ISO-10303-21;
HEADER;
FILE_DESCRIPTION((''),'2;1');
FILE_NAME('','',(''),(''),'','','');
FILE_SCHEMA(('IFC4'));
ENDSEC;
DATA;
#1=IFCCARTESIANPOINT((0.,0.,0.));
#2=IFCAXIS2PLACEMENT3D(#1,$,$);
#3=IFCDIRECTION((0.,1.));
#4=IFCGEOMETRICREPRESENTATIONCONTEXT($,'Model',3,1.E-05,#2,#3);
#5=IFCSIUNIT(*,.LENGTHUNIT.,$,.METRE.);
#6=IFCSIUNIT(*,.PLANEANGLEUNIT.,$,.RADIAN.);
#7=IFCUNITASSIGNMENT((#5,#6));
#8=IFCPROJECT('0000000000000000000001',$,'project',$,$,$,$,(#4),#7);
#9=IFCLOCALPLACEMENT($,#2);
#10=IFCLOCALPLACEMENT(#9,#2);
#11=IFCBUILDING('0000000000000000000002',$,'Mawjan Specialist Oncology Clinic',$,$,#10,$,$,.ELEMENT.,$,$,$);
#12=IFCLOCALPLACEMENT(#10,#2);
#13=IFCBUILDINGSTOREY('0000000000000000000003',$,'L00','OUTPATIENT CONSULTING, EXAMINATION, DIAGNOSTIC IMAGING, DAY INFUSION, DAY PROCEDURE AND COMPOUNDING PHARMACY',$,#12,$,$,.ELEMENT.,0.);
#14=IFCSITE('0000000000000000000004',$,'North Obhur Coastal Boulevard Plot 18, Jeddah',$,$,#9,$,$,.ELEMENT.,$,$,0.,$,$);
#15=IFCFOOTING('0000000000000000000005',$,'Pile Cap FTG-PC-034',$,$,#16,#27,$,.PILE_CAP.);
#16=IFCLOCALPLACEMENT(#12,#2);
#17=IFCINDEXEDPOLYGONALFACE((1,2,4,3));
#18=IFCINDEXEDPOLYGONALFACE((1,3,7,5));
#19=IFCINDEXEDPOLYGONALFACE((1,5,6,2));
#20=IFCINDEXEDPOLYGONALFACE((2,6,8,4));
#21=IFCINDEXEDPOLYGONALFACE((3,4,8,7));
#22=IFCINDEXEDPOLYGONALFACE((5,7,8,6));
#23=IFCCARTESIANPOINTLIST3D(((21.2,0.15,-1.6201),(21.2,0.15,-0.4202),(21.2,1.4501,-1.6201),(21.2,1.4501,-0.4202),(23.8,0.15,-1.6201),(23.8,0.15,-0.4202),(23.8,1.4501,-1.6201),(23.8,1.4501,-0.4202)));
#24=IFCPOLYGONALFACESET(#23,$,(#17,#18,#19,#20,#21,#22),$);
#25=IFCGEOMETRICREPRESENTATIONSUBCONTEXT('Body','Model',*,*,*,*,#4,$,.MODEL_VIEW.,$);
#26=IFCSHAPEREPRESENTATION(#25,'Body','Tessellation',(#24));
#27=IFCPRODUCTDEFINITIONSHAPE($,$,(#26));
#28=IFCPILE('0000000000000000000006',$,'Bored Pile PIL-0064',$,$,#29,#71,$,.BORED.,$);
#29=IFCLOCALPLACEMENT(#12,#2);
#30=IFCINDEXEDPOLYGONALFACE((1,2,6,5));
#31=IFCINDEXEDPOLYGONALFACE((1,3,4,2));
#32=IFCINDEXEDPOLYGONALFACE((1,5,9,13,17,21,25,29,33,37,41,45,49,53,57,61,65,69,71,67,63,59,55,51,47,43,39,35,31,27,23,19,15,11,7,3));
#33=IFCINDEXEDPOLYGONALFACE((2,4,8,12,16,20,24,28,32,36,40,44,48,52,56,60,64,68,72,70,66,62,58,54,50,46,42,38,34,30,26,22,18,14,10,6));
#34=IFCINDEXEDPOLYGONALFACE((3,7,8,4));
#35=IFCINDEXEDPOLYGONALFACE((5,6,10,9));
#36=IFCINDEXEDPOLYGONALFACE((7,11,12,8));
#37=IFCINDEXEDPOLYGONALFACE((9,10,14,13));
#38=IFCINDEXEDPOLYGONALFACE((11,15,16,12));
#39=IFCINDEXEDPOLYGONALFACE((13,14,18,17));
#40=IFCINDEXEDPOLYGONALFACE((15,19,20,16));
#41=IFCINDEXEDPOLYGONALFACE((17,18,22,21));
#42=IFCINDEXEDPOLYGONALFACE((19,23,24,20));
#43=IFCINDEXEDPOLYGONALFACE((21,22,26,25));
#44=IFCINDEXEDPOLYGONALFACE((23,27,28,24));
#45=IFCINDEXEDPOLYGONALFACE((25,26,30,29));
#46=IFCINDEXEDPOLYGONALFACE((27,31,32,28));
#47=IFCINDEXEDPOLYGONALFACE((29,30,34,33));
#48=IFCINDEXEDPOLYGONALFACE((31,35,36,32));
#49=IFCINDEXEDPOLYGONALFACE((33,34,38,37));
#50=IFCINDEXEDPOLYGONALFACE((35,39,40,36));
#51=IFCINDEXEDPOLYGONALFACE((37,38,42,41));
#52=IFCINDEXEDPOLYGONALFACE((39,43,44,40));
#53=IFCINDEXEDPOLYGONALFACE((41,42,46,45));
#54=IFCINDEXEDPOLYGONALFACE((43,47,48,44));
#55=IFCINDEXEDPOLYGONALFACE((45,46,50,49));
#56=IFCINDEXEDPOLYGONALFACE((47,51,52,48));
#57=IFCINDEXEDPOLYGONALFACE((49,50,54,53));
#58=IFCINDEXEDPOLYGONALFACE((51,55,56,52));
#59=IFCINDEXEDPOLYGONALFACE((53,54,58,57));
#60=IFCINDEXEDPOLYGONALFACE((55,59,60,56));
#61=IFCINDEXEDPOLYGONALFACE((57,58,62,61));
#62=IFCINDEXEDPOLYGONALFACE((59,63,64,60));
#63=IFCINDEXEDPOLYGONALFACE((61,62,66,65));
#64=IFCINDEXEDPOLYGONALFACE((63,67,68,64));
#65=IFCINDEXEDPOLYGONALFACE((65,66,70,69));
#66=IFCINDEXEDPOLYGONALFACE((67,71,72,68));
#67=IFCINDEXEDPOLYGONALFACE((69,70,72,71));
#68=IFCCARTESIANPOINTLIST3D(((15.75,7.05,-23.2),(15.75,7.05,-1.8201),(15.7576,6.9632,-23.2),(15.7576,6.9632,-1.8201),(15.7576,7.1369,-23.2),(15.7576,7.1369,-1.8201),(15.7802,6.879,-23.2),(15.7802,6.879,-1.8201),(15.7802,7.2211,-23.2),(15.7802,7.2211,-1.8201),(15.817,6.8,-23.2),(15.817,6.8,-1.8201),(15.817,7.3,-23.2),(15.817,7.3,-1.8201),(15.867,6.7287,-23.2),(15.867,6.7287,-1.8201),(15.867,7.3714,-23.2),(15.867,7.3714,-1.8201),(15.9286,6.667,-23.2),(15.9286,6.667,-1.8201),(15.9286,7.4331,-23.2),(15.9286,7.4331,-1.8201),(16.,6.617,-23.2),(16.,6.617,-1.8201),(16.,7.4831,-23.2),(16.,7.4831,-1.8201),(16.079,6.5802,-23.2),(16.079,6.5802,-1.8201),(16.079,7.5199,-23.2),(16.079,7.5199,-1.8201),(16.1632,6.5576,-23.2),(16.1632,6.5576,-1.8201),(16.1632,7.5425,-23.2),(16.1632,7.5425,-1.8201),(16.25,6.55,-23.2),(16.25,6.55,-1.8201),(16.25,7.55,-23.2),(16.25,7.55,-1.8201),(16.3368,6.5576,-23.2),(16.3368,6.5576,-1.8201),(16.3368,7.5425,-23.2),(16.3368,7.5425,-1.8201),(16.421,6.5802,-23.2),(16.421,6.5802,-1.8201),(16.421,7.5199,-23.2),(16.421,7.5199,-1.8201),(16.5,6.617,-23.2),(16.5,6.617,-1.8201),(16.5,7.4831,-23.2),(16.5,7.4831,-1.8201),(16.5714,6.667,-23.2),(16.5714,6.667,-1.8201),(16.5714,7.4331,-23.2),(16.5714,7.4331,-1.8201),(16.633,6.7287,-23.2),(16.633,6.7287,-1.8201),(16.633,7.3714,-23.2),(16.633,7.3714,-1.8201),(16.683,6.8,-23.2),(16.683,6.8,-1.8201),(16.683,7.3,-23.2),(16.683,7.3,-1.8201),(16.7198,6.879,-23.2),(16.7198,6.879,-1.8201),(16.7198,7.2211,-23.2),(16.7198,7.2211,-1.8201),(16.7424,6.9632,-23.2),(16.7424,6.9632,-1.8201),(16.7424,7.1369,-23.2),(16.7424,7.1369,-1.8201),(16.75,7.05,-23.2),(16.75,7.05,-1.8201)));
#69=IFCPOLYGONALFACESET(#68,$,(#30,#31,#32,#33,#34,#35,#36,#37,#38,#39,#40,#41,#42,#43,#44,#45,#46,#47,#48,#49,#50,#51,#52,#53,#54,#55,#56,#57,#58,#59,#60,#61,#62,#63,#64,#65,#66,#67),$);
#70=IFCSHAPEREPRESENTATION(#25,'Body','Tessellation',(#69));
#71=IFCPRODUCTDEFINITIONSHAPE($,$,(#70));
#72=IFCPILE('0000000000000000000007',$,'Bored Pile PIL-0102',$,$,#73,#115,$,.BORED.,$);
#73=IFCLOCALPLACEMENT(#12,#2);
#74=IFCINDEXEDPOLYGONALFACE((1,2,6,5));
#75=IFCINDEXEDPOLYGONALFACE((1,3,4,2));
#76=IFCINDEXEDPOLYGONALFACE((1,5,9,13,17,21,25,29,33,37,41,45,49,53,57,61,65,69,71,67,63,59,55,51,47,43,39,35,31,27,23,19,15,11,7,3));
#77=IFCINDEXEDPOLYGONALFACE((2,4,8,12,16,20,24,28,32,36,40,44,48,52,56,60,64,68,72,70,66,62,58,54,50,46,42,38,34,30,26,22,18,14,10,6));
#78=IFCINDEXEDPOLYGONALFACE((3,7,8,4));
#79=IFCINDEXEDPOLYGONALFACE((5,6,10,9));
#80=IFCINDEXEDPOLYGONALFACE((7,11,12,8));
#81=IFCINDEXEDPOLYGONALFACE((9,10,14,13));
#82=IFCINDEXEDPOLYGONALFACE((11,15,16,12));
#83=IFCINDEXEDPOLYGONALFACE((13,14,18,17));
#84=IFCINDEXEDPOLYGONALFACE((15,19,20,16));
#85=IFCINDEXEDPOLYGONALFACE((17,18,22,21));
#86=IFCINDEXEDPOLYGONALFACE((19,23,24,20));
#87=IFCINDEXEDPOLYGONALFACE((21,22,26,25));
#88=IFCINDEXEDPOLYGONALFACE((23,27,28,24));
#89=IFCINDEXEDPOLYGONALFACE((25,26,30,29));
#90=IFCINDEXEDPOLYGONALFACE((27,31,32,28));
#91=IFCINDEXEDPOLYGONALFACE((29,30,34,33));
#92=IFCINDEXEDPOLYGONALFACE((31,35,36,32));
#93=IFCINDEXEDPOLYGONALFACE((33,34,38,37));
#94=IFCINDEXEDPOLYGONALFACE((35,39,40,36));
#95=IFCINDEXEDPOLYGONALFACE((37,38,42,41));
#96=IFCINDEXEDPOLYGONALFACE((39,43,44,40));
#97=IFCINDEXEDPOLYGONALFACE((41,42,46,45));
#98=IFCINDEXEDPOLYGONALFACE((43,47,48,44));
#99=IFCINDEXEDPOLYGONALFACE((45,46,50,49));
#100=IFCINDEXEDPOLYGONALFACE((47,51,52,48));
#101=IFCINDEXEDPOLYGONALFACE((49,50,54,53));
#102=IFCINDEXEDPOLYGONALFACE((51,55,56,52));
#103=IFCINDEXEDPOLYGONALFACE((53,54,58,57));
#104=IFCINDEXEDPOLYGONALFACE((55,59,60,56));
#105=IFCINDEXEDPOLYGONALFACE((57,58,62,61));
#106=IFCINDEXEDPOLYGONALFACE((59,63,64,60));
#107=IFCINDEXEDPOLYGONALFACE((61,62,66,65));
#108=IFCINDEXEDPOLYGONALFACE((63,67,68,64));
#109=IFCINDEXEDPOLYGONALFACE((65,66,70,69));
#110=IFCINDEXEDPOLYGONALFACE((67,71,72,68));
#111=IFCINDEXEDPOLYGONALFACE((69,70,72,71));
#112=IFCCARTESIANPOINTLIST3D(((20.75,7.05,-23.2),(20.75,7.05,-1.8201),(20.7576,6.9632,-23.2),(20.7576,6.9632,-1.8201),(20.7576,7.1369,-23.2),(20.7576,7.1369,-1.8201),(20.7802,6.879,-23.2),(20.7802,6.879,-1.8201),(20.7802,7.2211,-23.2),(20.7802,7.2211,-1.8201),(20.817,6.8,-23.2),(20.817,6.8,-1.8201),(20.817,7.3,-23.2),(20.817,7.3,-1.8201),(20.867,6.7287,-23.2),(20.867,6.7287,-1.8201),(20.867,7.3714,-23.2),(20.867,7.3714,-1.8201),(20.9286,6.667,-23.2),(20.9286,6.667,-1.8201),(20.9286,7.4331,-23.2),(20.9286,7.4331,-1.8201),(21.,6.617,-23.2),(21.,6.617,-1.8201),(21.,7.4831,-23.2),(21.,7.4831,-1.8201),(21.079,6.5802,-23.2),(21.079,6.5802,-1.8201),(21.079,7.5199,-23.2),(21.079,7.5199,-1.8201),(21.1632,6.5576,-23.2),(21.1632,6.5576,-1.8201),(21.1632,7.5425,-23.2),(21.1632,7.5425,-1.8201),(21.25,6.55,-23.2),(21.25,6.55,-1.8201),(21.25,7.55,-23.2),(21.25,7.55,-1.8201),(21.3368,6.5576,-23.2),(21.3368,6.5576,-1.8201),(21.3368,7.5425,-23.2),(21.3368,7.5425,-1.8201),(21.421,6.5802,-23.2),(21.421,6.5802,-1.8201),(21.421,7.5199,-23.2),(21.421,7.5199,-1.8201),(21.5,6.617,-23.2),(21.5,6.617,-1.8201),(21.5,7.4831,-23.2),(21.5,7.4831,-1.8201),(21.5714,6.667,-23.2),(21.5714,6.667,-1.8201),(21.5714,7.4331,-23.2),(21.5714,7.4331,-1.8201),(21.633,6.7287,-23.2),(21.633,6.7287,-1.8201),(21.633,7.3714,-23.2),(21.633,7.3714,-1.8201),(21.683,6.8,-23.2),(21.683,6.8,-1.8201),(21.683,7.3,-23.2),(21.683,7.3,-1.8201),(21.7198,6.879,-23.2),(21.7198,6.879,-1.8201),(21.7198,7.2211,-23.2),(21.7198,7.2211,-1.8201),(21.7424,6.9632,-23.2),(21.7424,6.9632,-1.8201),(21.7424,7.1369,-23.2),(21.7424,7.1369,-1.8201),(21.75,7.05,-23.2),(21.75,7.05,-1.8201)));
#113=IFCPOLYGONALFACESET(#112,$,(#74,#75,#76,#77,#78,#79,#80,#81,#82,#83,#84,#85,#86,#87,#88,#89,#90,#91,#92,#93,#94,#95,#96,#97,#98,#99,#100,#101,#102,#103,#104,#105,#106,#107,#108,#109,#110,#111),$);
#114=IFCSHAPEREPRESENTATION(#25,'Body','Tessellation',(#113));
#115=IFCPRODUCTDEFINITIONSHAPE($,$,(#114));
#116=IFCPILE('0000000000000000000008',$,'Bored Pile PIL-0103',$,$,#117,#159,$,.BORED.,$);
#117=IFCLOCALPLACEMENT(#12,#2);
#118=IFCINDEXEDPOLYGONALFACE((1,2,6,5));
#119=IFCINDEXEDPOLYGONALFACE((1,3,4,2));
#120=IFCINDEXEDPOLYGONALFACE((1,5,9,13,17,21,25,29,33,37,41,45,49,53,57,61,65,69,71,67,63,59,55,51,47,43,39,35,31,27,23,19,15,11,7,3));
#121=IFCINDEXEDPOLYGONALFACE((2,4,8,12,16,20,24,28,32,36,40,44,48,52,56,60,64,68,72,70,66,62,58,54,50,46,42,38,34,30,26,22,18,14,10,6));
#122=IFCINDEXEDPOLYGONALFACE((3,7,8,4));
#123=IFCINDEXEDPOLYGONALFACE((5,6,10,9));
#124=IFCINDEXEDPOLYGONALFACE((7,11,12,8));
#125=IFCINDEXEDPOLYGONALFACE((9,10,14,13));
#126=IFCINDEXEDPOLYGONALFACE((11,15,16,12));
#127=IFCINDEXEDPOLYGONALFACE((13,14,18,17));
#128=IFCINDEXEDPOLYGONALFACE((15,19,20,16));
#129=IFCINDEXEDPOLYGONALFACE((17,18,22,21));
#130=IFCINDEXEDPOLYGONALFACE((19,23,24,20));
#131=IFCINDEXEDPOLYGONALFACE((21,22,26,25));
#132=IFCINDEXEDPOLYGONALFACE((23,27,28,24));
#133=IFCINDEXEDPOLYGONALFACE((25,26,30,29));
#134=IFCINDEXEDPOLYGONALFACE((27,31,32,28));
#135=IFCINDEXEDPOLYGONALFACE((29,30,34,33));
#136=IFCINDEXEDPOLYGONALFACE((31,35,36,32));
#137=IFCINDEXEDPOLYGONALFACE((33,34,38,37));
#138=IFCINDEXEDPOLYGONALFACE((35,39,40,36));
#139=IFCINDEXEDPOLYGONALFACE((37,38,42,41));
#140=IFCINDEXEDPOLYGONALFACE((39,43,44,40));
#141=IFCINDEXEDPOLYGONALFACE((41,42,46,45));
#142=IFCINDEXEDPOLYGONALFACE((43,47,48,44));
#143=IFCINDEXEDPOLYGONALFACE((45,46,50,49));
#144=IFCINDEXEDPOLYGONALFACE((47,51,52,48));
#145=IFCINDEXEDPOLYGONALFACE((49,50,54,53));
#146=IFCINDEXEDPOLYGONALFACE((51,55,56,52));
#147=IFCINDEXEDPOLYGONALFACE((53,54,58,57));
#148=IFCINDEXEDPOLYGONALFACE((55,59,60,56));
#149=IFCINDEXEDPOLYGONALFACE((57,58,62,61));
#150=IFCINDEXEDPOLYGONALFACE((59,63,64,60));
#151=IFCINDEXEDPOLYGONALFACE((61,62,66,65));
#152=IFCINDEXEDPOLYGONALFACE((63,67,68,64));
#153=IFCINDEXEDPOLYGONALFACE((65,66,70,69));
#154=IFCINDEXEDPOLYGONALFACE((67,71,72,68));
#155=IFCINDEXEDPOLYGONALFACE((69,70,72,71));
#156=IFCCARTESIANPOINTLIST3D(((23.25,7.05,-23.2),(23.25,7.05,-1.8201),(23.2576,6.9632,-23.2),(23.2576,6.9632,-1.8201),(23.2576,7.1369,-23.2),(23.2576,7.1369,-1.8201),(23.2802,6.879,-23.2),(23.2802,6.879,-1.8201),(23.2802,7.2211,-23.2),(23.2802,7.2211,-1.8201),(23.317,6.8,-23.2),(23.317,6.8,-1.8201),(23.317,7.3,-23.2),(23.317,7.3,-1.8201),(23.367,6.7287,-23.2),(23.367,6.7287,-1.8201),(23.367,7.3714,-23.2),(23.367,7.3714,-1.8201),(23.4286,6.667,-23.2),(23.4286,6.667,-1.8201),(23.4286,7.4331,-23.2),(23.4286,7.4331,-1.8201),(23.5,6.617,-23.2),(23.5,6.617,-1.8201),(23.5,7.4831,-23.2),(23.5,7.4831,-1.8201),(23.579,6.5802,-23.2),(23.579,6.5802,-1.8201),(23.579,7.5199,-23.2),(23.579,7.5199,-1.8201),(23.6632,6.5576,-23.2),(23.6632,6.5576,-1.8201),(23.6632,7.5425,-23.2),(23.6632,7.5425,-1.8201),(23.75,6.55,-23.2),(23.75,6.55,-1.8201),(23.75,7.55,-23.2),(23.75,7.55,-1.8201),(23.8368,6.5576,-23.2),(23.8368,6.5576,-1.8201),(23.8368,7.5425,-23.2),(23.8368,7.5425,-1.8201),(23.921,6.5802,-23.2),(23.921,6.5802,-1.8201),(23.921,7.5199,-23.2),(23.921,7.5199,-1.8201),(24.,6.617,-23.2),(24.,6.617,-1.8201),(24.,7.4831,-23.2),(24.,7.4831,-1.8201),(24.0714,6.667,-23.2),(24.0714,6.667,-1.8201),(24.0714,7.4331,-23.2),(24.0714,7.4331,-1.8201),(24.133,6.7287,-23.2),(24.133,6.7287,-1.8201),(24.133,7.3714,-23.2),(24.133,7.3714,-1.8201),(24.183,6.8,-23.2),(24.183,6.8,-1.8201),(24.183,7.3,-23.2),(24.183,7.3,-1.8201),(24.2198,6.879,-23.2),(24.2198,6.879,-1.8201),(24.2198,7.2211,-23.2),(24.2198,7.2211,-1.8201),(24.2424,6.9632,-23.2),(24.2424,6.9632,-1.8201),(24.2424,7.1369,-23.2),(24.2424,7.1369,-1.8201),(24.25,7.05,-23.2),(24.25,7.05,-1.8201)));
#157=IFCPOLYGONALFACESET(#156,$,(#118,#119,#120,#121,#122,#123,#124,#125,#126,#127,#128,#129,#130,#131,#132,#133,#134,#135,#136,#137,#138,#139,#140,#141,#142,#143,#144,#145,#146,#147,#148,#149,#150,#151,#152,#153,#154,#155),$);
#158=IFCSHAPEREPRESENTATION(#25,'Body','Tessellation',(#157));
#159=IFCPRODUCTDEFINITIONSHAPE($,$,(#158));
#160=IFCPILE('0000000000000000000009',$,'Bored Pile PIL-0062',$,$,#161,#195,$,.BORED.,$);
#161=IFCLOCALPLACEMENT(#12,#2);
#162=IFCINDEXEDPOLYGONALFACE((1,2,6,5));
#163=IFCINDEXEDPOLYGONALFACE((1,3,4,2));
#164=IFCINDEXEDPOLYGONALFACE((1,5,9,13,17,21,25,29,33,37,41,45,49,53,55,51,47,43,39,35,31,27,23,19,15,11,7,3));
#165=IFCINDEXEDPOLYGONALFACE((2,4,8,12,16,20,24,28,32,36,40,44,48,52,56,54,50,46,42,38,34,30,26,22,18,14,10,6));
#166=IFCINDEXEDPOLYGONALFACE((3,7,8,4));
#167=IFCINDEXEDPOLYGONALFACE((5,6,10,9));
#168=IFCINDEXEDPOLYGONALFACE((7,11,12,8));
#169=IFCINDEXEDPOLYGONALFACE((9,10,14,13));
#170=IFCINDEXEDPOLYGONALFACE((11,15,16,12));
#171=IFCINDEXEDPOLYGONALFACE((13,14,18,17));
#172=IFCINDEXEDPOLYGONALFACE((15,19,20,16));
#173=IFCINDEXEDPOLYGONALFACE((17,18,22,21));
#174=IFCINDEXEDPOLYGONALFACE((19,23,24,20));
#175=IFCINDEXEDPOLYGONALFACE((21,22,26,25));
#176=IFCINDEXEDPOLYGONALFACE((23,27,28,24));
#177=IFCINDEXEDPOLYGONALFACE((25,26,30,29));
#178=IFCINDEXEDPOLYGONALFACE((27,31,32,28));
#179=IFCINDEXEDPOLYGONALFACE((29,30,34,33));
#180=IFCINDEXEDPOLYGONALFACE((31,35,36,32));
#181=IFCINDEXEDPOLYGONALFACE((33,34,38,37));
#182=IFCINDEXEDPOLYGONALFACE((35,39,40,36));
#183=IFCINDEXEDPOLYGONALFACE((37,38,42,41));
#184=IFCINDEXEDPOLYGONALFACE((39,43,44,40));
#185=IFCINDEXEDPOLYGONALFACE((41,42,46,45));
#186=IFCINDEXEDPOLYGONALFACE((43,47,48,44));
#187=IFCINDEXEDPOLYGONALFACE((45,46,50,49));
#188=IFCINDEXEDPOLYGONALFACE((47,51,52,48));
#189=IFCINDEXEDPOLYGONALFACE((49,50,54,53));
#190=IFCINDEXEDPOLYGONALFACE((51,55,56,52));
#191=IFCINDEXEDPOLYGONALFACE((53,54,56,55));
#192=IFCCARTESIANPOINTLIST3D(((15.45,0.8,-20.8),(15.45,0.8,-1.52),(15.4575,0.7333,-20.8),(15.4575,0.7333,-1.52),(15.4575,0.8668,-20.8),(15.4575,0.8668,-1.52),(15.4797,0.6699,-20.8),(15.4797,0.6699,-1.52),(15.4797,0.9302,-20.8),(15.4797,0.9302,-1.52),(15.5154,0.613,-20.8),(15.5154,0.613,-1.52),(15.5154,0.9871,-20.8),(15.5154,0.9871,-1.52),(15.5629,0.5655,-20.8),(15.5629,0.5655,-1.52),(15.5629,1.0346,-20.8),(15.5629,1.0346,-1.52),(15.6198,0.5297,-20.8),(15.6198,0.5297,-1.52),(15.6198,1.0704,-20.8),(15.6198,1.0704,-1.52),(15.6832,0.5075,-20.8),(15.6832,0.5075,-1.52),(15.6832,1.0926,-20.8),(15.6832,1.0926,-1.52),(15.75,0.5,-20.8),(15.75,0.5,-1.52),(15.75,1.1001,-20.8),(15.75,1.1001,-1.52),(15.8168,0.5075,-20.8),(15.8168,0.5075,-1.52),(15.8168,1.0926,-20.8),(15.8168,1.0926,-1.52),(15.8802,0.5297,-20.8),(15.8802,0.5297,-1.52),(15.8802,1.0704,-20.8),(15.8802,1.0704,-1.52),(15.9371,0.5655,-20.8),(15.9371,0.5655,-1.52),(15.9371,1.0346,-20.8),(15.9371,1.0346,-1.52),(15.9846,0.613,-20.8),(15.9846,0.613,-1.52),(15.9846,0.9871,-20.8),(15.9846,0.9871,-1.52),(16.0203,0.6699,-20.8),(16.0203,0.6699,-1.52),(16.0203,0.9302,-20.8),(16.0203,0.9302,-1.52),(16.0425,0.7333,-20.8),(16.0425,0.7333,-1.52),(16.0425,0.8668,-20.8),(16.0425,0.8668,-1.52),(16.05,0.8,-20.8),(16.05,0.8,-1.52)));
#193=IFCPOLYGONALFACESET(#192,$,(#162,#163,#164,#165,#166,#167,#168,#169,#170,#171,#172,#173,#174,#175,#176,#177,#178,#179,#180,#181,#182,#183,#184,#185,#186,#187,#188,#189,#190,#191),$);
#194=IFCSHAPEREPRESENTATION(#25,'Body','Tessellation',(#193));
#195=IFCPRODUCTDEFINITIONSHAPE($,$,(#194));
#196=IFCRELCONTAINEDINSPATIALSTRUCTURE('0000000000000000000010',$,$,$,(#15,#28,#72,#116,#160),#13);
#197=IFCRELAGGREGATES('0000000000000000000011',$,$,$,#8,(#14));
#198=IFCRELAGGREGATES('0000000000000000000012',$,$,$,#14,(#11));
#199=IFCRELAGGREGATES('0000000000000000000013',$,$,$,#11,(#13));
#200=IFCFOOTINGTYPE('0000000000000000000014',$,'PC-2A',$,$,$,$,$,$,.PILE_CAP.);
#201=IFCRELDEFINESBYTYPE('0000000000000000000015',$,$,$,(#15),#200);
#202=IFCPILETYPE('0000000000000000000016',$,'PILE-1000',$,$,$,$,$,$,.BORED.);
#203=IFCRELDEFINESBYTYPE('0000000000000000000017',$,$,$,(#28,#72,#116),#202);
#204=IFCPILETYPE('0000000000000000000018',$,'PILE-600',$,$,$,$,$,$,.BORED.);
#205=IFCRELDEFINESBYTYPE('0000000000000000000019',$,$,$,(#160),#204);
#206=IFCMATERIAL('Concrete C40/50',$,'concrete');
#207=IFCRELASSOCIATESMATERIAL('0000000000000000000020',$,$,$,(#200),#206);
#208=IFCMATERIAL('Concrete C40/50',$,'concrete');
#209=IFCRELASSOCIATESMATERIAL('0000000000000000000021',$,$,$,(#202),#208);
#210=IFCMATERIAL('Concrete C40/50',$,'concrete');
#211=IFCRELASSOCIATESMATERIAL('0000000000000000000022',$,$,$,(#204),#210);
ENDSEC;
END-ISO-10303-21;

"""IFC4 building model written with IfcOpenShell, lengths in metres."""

from ifc_helpers import new_model, si_unit, direction, frame, origin, origin_2d, place, context, subcontext, project, spatial, rectangle, circle, extrude, material, material_profile, profile_set, type_object, element, save


model = new_model("IFC4")

# Units and contexts
model_context = context("Model", 3, precision=1e-05, world=origin(), true_north=direction((0.0, 1.0)))
body_context = subcontext(model_context, "Body", "Model", "MODEL_VIEW")
ifc_project = project(units=[si_unit("LENGTHUNIT", "METRE"), si_unit("PLANEANGLEUNIT", "RADIAN")], contexts=[model_context])

# Site, building, storey
site_placement = place(None, origin())
site = spatial("IfcSite", under=ifc_project, at=site_placement, Name="North Obhur Coastal Boulevard Plot 18, Jeddah", CompositionType="ELEMENT", RefElevation=0.0)
building_placement = place(site_placement, origin())
building = spatial("IfcBuilding", under=site, at=building_placement, Name="Mawjan Specialist Oncology Clinic", CompositionType="ELEMENT")
storey_placement = place(building_placement, origin())
storey = spatial("IfcBuildingStorey", under=building, at=storey_placement, Name="L00", Description="OUTPATIENT CONSULTING, EXAMINATION, DIAGNOSTIC IMAGING, DAY INFUSION, DAY PROCEDURE AND COMPOUNDING PHARMACY", CompositionType="ELEMENT", Elevation=0.0)

# Footing
ifc_material_1 = material(Name="Concrete C40/50", Category="concrete")
footing_type_1 = type_object("IfcFootingType", Name="PC-2A", PredefinedType="PILE_CAP", material=ifc_material_1)
footing_1_placement = place(storey_placement, frame((22.5, 0.8, -1.6201), z_axis=(0.0, 0.0, 1.0), x_axis=(1.0, 0.0, 0.0)))
element("IfcFooting", 1, at=footing_1_placement, inside=storey, type_object=footing_type_1, Name="Pile Cap FTG-PC-034", PredefinedType="PILE_CAP", context=body_context, shape_type="SweptSolid", body=[
    extrude(rectangle(XDim=2.6001, YDim=1.3, at=origin_2d()), origin(), (0.0, 0.0, 1.0), 1.2),
])

# Piles
ifc_material_2 = material(Name="Concrete C40/50", Category="concrete")
ifc_material_profile_1 = material_profile(ifc_material_2, circle(Radius=0.5, at=origin_2d()), Name="BORED PILE D1000", Category="concrete")
ifc_profile_set_1 = profile_set([ifc_material_profile_1], Name="Concrete C40/50")
pile_type_1 = type_object("IfcPileType", Name="PILE-1000", PredefinedType="BORED", material=ifc_profile_set_1)
for number, where, z_axis, x_axis, name in (
    (2, (16.25, 7.05, -1.8201), (0.0, 0.0, -1.0), (1.0, 0.0, 0.0), "Bored Pile PIL-0064"),
    (3, (21.25, 7.05, -1.8201), (0.0, 0.0, -1.0), (1.0, 0.0, 0.0), "Bored Pile PIL-0102"),
    (4, (23.75, 7.05, -1.8201), (0.0, 0.0, -1.0), (1.0, 0.0, 0.0), "Bored Pile PIL-0103"),
):
    element("IfcPile", number, at=place(storey_placement, frame(where, z_axis=z_axis, x_axis=x_axis)), inside=storey, type_object=pile_type_1, Name=name, PredefinedType="BORED", context=body_context, shape_type="SweptSolid", body=[
        extrude(circle(Radius=0.5, at=origin_2d()), origin(), (0.0, 0.0, 1.0), 21.3799),
    ])
ifc_material_3 = material(Name="Concrete C40/50", Category="concrete")
ifc_material_profile_2 = material_profile(ifc_material_3, circle(Radius=0.3, at=origin_2d()), Name="BORED PILE D600", Category="concrete")
ifc_profile_set_2 = profile_set([ifc_material_profile_2], Name="Concrete C40/50")
pile_type_2 = type_object("IfcPileType", Name="PILE-600", PredefinedType="BORED", material=ifc_profile_set_2)
for number, where, z_axis, x_axis, name in (
    (5, (15.75, 0.8, -1.52), (0.0, 0.0, -1.0), (1.0, 0.0, 0.0), "Bored Pile PIL-0062"),
):
    element("IfcPile", number, at=place(storey_placement, frame(where, z_axis=z_axis, x_axis=x_axis)), inside=storey, type_object=pile_type_2, Name=name, PredefinedType="BORED", context=body_context, shape_type="SweptSolid", body=[
        extrude(circle(Radius=0.3, at=origin_2d()), origin(), (0.0, 0.0, 1.0), 19.28),
    ])

save(model, "model.ifc")
